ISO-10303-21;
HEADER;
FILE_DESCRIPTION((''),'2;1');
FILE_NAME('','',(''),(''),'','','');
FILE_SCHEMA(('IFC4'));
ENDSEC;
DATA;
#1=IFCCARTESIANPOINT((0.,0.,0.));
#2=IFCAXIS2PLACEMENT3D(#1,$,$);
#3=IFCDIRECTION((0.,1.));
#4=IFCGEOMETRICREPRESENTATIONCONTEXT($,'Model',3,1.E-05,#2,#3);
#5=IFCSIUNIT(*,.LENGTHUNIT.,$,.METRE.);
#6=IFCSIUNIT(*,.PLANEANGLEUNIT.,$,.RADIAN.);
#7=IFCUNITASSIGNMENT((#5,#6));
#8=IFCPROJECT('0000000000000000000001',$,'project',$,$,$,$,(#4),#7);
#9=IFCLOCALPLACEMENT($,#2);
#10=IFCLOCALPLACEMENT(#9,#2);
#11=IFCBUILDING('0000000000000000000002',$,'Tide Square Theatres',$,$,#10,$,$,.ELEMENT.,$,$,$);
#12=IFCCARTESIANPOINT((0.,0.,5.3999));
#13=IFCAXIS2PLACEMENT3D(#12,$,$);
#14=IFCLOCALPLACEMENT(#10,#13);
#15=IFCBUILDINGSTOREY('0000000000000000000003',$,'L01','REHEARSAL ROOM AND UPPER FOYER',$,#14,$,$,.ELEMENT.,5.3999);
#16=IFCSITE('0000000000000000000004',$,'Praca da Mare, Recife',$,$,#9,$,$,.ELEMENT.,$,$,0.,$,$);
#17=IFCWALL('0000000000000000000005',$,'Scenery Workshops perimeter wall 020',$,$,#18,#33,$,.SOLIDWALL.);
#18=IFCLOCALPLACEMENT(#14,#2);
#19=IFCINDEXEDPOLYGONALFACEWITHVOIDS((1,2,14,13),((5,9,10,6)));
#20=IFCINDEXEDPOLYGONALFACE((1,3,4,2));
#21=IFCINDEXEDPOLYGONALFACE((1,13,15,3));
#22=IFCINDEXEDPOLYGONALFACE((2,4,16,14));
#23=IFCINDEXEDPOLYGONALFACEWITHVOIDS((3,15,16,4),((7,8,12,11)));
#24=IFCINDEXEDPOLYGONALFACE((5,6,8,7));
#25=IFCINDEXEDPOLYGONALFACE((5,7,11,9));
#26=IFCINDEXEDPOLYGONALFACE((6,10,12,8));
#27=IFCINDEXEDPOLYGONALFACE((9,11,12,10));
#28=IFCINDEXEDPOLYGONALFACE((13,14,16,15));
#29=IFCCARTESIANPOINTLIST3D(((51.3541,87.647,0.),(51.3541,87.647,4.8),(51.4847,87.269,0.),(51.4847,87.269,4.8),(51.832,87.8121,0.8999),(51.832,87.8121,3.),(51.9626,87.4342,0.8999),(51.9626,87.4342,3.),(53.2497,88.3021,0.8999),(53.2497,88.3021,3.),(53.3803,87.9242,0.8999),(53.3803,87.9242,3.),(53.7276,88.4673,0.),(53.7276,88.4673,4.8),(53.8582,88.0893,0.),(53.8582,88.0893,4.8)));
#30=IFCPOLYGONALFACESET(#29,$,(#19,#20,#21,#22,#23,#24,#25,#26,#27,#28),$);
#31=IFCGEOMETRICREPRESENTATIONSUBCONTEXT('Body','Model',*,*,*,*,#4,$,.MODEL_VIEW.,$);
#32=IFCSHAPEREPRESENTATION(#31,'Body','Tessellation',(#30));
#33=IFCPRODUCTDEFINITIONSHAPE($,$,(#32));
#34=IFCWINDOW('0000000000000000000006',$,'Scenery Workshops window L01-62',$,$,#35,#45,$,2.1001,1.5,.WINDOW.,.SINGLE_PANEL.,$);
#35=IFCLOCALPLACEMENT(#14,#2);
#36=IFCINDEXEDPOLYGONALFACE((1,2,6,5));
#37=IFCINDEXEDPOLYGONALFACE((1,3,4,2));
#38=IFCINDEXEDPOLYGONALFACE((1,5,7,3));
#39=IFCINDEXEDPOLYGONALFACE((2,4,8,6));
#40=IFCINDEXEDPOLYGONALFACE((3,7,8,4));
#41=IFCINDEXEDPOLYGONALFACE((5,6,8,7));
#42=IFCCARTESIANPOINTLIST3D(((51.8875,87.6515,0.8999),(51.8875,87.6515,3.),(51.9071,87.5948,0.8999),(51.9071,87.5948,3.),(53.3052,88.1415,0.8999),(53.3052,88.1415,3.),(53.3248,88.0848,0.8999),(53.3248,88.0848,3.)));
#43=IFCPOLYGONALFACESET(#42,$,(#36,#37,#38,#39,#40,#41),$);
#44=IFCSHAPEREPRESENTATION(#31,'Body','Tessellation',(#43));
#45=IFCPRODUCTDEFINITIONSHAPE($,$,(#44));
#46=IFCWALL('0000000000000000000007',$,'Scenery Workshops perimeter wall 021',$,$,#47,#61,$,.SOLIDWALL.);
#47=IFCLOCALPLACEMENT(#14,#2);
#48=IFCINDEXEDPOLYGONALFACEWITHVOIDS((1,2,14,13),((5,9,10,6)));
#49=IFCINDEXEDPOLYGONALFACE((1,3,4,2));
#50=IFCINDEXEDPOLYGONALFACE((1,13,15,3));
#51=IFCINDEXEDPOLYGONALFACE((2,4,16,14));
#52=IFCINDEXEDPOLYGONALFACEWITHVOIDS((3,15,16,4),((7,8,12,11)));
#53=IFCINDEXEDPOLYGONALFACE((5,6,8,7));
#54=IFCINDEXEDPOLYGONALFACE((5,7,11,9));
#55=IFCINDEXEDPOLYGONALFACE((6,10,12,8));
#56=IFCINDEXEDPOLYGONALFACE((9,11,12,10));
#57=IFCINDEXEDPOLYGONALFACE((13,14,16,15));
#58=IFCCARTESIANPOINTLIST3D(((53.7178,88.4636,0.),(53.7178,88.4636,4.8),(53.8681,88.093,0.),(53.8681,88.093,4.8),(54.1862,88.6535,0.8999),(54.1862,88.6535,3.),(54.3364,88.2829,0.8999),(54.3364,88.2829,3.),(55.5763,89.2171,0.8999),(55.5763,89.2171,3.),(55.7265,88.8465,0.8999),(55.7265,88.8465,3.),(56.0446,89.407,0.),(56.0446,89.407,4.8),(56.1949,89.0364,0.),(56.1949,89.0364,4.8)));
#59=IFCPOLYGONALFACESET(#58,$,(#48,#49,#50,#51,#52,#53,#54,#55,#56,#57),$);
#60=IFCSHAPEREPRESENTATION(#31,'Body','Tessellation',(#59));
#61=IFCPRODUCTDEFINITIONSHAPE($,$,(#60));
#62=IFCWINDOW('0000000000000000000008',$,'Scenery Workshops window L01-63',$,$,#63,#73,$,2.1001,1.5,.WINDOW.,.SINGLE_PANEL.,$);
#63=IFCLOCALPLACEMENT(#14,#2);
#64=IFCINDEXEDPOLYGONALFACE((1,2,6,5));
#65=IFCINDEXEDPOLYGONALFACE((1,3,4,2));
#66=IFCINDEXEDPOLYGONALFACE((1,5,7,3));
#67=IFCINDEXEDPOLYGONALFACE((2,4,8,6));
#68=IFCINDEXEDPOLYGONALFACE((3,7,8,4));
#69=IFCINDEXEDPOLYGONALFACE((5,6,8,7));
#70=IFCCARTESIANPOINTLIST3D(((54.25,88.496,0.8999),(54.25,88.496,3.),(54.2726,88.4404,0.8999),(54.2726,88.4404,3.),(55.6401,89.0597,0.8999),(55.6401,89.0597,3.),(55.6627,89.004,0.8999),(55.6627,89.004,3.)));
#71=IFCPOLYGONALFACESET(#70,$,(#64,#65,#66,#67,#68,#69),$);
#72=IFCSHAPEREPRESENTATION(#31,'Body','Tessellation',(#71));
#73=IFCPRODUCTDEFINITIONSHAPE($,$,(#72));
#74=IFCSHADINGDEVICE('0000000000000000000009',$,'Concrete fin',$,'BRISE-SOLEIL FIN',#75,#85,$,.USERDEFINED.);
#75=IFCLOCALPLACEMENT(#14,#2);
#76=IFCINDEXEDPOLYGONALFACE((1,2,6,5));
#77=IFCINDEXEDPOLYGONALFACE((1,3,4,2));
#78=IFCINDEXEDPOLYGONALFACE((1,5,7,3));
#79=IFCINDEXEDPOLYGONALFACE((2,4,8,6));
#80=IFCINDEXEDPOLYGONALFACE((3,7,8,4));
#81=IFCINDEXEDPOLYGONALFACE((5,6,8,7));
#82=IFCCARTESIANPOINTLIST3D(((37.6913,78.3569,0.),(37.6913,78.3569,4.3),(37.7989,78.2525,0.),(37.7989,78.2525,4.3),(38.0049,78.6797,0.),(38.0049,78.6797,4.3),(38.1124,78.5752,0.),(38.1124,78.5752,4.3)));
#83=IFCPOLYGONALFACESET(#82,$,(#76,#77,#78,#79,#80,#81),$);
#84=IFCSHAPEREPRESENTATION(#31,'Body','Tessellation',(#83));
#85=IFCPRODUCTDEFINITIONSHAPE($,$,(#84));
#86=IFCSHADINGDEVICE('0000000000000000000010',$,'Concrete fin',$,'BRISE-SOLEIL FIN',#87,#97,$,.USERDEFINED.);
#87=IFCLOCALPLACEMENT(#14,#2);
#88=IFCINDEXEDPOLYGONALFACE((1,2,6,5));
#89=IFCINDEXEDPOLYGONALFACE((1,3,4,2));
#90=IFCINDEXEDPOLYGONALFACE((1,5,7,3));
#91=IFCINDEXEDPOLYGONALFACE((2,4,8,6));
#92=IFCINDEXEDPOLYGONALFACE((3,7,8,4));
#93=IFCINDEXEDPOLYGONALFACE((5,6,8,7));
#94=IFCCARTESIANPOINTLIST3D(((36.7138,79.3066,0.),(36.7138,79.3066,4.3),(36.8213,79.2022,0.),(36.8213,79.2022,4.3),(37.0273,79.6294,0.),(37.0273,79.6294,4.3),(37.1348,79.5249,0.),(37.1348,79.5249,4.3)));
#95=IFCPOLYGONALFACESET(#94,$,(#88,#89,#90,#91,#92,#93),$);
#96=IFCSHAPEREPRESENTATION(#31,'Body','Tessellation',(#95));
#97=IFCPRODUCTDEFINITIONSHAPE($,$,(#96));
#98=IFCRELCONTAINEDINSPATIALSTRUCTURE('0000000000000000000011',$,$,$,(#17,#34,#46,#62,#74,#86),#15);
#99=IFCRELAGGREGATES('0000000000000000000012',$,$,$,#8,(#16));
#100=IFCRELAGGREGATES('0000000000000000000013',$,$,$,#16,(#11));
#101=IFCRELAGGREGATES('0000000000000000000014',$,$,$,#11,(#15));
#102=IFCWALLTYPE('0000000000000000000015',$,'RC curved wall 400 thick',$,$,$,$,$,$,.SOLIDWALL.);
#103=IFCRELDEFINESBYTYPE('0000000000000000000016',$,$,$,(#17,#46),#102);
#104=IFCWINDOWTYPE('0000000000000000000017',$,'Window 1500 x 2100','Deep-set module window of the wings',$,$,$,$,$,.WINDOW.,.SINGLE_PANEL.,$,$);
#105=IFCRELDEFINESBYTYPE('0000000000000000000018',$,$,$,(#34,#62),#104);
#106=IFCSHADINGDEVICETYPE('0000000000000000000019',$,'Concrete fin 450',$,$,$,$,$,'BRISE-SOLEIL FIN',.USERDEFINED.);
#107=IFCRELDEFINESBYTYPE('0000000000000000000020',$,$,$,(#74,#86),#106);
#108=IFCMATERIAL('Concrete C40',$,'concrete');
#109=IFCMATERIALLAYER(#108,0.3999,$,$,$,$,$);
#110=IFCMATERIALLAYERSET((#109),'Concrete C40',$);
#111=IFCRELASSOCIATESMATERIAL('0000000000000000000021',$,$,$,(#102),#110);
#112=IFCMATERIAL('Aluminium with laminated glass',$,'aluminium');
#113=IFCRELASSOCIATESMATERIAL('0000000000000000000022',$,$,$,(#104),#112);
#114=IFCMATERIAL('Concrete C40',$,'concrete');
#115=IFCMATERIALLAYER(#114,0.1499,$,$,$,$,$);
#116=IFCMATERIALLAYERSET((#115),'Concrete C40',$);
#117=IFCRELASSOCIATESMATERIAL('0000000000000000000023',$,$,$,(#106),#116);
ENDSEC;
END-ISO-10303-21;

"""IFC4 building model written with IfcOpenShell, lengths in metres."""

from ifc_helpers import new_model, si_unit, direction, frame, frame_2d, origin, origin_2d, place, context, subcontext, project, spatial, rectangle, extrude, material, layer, layer_set, type_object, element, fill, save


model = new_model("IFC4")

# Units and contexts
model_context = context("Model", 3, precision=1e-05, world=origin(), true_north=direction((0.0, 1.0)))
body_context = subcontext(model_context, "Body", "Model", "MODEL_VIEW")
ifc_project = project(units=[si_unit("LENGTHUNIT", "METRE"), si_unit("PLANEANGLEUNIT", "RADIAN")], contexts=[model_context])

# Site, building, storey
site_placement = place(None, origin())
site = spatial("IfcSite", under=ifc_project, at=site_placement, Name="Praca da Mare, Recife", CompositionType="ELEMENT", RefElevation=0.0)
building_placement = place(site_placement, origin())
building = spatial("IfcBuilding", under=site, at=building_placement, Name="Tide Square Theatres", CompositionType="ELEMENT")
storey_placement = place(building_placement, frame((0.0, 0.0, 5.3999)))
storey = spatial("IfcBuildingStorey", under=building, at=storey_placement, Name="L01", Description="REHEARSAL ROOM AND UPPER FOYER", CompositionType="ELEMENT", Elevation=5.3999)

# Shared definitions
ifc_material_1 = material(Name="Concrete C40", Category="concrete")
ifc_layer_1 = layer(ifc_material_1, 0.3999)
ifc_layer_set_1 = layer_set([ifc_layer_1], Name="Concrete C40")
wall_type = type_object("IfcWallType", Name="RC curved wall 400 thick", PredefinedType="SOLIDWALL", material=ifc_layer_set_1)

# Walls, openings, windows
ifc_material_2 = material(Name="Aluminium with laminated glass", Category="aluminium")
window_type = type_object("IfcWindowType", Name="Window 1500 x 2100", Description="Deep-set module window of the wings", PartitioningType="SINGLE_PANEL", PredefinedType="WINDOW", material=ifc_material_2)
wall_1_placement = place(storey_placement, frame((51.4194, 87.458, 0.0), z_axis=(0.0, 0.0, 1.0), x_axis=(0.945145, 0.32665, 0.0)))
wall_1 = element("IfcWall", 1, at=wall_1_placement, inside=storey, type_object=wall_type, Name="Scenery Workshops perimeter wall 020", PredefinedType="SOLIDWALL", context=body_context, shape_type="SweptSolid", body=[
    extrude(rectangle(XDim=2.5112, YDim=0.3999, at=frame_2d((1.2556, 0.0))), origin(), (0.0, 0.0, 1.0), 4.8),
])
opening_1_placement = place(wall_1_placement, frame((0.5056, 0.0, 0.8999)))
opening_1 = element("IfcOpeningElement", 2, at=opening_1_placement, cuts=wall_1, PredefinedType="OPENING", context=body_context, shape_type="SweptSolid", body=[
    extrude(rectangle(XDim=1.5, YDim=2.1001, at=frame_2d((0.75, 1.05))), frame((0.0, 0.21, 0.0), z_axis=(0.0, -1.0, 0.0), x_axis=(1.0, 0.0, 0.0)), (0.0, 0.0, 1.0), 0.4199),
])
window_1_placement = place(opening_1_placement, origin())
window_1 = element("IfcWindow", 3, at=window_1_placement, inside=storey, type_object=window_type, Name="Scenery Workshops window L01-62", OverallHeight=2.1001, OverallWidth=1.5, PartitioningType="SINGLE_PANEL", PredefinedType="WINDOW", context=body_context, shape_type="SweptSolid", body=[
    extrude(rectangle(XDim=1.5, YDim=2.1001, at=frame_2d((0.75, 1.05))), frame((0.0, 0.03, 0.0), z_axis=(0.0, -1.0, 0.0), x_axis=(1.0, 0.0, 0.0)), (0.0, 0.0, 1.0), 0.0601),
])
fill(opening_1, window_1)
wall_2_placement = place(storey_placement, frame((53.793, 88.2783, 0.0), z_axis=(0.0, 0.0, 1.0), x_axis=(0.926723, 0.375746, 0.0)))
wall_2 = element("IfcWall", 4, at=wall_2_placement, inside=storey, type_object=wall_type, Name="Scenery Workshops perimeter wall 021", PredefinedType="SOLIDWALL", context=body_context, shape_type="SweptSolid", body=[
    extrude(rectangle(XDim=2.5107, YDim=0.3999, at=frame_2d((1.2554, 0.0))), origin(), (0.0, 0.0, 1.0), 4.8),
])
opening_2_placement = place(wall_2_placement, frame((0.5054, 0.0, 0.8999)))
opening_2 = element("IfcOpeningElement", 5, at=opening_2_placement, cuts=wall_2, PredefinedType="OPENING", context=body_context, shape_type="SweptSolid", body=[
    extrude(rectangle(XDim=1.5, YDim=2.1001, at=frame_2d((0.75, 1.05))), frame((0.0, 0.21, 0.0), z_axis=(0.0, -1.0, 0.0), x_axis=(1.0, 0.0, 0.0)), (0.0, 0.0, 1.0), 0.4199),
])
window_2_placement = place(opening_2_placement, origin())
window_2 = element("IfcWindow", 6, at=window_2_placement, inside=storey, type_object=window_type, Name="Scenery Workshops window L01-63", OverallHeight=2.1001, OverallWidth=1.5, PartitioningType="SINGLE_PANEL", PredefinedType="WINDOW", context=body_context, shape_type="SweptSolid", body=[
    extrude(rectangle(XDim=1.5, YDim=2.1001, at=frame_2d((0.75, 1.05))), frame((0.0, 0.03, 0.0), z_axis=(0.0, -1.0, 0.0), x_axis=(1.0, 0.0, 0.0)), (0.0, 0.0, 1.0), 0.0601),
])
fill(opening_2, window_2)

# Shading devices
ifc_material_3 = material(Name="Concrete C40", Category="concrete")
ifc_layer_2 = layer(ifc_material_3, 0.1499)
ifc_layer_set_2 = layer_set([ifc_layer_2], Name="Concrete C40")
shading_device_type = type_object("IfcShadingDeviceType", Name="Concrete fin 450", ElementType="BRISE-SOLEIL FIN", PredefinedType="USERDEFINED", material=ifc_layer_set_2)
for number, where, z_axis, x_axis, name in (
    (7, (37.9019, 78.4661, 0.0), (0.0, 0.0, 1.0), (-0.717263, 0.696802, 0.0), "Concrete fin"),
    (8, (36.9243, 79.4158, 0.0), (0.0, 0.0, 1.0), (-0.717263, 0.696802, 0.0), "Concrete fin"),
):
    element("IfcShadingDevice", number, at=place(storey_placement, frame(where, z_axis=z_axis, x_axis=x_axis)), inside=storey, type_object=shading_device_type, Name=name, ObjectType="BRISE-SOLEIL FIN", PredefinedType="USERDEFINED", context=body_context, shape_type="SweptSolid", body=[
        extrude(rectangle(XDim=0.1499, YDim=0.45, at=origin_2d()), origin(), (0.0, 0.0, 1.0), 4.3),
    ])

save(model, "model.ifc")
